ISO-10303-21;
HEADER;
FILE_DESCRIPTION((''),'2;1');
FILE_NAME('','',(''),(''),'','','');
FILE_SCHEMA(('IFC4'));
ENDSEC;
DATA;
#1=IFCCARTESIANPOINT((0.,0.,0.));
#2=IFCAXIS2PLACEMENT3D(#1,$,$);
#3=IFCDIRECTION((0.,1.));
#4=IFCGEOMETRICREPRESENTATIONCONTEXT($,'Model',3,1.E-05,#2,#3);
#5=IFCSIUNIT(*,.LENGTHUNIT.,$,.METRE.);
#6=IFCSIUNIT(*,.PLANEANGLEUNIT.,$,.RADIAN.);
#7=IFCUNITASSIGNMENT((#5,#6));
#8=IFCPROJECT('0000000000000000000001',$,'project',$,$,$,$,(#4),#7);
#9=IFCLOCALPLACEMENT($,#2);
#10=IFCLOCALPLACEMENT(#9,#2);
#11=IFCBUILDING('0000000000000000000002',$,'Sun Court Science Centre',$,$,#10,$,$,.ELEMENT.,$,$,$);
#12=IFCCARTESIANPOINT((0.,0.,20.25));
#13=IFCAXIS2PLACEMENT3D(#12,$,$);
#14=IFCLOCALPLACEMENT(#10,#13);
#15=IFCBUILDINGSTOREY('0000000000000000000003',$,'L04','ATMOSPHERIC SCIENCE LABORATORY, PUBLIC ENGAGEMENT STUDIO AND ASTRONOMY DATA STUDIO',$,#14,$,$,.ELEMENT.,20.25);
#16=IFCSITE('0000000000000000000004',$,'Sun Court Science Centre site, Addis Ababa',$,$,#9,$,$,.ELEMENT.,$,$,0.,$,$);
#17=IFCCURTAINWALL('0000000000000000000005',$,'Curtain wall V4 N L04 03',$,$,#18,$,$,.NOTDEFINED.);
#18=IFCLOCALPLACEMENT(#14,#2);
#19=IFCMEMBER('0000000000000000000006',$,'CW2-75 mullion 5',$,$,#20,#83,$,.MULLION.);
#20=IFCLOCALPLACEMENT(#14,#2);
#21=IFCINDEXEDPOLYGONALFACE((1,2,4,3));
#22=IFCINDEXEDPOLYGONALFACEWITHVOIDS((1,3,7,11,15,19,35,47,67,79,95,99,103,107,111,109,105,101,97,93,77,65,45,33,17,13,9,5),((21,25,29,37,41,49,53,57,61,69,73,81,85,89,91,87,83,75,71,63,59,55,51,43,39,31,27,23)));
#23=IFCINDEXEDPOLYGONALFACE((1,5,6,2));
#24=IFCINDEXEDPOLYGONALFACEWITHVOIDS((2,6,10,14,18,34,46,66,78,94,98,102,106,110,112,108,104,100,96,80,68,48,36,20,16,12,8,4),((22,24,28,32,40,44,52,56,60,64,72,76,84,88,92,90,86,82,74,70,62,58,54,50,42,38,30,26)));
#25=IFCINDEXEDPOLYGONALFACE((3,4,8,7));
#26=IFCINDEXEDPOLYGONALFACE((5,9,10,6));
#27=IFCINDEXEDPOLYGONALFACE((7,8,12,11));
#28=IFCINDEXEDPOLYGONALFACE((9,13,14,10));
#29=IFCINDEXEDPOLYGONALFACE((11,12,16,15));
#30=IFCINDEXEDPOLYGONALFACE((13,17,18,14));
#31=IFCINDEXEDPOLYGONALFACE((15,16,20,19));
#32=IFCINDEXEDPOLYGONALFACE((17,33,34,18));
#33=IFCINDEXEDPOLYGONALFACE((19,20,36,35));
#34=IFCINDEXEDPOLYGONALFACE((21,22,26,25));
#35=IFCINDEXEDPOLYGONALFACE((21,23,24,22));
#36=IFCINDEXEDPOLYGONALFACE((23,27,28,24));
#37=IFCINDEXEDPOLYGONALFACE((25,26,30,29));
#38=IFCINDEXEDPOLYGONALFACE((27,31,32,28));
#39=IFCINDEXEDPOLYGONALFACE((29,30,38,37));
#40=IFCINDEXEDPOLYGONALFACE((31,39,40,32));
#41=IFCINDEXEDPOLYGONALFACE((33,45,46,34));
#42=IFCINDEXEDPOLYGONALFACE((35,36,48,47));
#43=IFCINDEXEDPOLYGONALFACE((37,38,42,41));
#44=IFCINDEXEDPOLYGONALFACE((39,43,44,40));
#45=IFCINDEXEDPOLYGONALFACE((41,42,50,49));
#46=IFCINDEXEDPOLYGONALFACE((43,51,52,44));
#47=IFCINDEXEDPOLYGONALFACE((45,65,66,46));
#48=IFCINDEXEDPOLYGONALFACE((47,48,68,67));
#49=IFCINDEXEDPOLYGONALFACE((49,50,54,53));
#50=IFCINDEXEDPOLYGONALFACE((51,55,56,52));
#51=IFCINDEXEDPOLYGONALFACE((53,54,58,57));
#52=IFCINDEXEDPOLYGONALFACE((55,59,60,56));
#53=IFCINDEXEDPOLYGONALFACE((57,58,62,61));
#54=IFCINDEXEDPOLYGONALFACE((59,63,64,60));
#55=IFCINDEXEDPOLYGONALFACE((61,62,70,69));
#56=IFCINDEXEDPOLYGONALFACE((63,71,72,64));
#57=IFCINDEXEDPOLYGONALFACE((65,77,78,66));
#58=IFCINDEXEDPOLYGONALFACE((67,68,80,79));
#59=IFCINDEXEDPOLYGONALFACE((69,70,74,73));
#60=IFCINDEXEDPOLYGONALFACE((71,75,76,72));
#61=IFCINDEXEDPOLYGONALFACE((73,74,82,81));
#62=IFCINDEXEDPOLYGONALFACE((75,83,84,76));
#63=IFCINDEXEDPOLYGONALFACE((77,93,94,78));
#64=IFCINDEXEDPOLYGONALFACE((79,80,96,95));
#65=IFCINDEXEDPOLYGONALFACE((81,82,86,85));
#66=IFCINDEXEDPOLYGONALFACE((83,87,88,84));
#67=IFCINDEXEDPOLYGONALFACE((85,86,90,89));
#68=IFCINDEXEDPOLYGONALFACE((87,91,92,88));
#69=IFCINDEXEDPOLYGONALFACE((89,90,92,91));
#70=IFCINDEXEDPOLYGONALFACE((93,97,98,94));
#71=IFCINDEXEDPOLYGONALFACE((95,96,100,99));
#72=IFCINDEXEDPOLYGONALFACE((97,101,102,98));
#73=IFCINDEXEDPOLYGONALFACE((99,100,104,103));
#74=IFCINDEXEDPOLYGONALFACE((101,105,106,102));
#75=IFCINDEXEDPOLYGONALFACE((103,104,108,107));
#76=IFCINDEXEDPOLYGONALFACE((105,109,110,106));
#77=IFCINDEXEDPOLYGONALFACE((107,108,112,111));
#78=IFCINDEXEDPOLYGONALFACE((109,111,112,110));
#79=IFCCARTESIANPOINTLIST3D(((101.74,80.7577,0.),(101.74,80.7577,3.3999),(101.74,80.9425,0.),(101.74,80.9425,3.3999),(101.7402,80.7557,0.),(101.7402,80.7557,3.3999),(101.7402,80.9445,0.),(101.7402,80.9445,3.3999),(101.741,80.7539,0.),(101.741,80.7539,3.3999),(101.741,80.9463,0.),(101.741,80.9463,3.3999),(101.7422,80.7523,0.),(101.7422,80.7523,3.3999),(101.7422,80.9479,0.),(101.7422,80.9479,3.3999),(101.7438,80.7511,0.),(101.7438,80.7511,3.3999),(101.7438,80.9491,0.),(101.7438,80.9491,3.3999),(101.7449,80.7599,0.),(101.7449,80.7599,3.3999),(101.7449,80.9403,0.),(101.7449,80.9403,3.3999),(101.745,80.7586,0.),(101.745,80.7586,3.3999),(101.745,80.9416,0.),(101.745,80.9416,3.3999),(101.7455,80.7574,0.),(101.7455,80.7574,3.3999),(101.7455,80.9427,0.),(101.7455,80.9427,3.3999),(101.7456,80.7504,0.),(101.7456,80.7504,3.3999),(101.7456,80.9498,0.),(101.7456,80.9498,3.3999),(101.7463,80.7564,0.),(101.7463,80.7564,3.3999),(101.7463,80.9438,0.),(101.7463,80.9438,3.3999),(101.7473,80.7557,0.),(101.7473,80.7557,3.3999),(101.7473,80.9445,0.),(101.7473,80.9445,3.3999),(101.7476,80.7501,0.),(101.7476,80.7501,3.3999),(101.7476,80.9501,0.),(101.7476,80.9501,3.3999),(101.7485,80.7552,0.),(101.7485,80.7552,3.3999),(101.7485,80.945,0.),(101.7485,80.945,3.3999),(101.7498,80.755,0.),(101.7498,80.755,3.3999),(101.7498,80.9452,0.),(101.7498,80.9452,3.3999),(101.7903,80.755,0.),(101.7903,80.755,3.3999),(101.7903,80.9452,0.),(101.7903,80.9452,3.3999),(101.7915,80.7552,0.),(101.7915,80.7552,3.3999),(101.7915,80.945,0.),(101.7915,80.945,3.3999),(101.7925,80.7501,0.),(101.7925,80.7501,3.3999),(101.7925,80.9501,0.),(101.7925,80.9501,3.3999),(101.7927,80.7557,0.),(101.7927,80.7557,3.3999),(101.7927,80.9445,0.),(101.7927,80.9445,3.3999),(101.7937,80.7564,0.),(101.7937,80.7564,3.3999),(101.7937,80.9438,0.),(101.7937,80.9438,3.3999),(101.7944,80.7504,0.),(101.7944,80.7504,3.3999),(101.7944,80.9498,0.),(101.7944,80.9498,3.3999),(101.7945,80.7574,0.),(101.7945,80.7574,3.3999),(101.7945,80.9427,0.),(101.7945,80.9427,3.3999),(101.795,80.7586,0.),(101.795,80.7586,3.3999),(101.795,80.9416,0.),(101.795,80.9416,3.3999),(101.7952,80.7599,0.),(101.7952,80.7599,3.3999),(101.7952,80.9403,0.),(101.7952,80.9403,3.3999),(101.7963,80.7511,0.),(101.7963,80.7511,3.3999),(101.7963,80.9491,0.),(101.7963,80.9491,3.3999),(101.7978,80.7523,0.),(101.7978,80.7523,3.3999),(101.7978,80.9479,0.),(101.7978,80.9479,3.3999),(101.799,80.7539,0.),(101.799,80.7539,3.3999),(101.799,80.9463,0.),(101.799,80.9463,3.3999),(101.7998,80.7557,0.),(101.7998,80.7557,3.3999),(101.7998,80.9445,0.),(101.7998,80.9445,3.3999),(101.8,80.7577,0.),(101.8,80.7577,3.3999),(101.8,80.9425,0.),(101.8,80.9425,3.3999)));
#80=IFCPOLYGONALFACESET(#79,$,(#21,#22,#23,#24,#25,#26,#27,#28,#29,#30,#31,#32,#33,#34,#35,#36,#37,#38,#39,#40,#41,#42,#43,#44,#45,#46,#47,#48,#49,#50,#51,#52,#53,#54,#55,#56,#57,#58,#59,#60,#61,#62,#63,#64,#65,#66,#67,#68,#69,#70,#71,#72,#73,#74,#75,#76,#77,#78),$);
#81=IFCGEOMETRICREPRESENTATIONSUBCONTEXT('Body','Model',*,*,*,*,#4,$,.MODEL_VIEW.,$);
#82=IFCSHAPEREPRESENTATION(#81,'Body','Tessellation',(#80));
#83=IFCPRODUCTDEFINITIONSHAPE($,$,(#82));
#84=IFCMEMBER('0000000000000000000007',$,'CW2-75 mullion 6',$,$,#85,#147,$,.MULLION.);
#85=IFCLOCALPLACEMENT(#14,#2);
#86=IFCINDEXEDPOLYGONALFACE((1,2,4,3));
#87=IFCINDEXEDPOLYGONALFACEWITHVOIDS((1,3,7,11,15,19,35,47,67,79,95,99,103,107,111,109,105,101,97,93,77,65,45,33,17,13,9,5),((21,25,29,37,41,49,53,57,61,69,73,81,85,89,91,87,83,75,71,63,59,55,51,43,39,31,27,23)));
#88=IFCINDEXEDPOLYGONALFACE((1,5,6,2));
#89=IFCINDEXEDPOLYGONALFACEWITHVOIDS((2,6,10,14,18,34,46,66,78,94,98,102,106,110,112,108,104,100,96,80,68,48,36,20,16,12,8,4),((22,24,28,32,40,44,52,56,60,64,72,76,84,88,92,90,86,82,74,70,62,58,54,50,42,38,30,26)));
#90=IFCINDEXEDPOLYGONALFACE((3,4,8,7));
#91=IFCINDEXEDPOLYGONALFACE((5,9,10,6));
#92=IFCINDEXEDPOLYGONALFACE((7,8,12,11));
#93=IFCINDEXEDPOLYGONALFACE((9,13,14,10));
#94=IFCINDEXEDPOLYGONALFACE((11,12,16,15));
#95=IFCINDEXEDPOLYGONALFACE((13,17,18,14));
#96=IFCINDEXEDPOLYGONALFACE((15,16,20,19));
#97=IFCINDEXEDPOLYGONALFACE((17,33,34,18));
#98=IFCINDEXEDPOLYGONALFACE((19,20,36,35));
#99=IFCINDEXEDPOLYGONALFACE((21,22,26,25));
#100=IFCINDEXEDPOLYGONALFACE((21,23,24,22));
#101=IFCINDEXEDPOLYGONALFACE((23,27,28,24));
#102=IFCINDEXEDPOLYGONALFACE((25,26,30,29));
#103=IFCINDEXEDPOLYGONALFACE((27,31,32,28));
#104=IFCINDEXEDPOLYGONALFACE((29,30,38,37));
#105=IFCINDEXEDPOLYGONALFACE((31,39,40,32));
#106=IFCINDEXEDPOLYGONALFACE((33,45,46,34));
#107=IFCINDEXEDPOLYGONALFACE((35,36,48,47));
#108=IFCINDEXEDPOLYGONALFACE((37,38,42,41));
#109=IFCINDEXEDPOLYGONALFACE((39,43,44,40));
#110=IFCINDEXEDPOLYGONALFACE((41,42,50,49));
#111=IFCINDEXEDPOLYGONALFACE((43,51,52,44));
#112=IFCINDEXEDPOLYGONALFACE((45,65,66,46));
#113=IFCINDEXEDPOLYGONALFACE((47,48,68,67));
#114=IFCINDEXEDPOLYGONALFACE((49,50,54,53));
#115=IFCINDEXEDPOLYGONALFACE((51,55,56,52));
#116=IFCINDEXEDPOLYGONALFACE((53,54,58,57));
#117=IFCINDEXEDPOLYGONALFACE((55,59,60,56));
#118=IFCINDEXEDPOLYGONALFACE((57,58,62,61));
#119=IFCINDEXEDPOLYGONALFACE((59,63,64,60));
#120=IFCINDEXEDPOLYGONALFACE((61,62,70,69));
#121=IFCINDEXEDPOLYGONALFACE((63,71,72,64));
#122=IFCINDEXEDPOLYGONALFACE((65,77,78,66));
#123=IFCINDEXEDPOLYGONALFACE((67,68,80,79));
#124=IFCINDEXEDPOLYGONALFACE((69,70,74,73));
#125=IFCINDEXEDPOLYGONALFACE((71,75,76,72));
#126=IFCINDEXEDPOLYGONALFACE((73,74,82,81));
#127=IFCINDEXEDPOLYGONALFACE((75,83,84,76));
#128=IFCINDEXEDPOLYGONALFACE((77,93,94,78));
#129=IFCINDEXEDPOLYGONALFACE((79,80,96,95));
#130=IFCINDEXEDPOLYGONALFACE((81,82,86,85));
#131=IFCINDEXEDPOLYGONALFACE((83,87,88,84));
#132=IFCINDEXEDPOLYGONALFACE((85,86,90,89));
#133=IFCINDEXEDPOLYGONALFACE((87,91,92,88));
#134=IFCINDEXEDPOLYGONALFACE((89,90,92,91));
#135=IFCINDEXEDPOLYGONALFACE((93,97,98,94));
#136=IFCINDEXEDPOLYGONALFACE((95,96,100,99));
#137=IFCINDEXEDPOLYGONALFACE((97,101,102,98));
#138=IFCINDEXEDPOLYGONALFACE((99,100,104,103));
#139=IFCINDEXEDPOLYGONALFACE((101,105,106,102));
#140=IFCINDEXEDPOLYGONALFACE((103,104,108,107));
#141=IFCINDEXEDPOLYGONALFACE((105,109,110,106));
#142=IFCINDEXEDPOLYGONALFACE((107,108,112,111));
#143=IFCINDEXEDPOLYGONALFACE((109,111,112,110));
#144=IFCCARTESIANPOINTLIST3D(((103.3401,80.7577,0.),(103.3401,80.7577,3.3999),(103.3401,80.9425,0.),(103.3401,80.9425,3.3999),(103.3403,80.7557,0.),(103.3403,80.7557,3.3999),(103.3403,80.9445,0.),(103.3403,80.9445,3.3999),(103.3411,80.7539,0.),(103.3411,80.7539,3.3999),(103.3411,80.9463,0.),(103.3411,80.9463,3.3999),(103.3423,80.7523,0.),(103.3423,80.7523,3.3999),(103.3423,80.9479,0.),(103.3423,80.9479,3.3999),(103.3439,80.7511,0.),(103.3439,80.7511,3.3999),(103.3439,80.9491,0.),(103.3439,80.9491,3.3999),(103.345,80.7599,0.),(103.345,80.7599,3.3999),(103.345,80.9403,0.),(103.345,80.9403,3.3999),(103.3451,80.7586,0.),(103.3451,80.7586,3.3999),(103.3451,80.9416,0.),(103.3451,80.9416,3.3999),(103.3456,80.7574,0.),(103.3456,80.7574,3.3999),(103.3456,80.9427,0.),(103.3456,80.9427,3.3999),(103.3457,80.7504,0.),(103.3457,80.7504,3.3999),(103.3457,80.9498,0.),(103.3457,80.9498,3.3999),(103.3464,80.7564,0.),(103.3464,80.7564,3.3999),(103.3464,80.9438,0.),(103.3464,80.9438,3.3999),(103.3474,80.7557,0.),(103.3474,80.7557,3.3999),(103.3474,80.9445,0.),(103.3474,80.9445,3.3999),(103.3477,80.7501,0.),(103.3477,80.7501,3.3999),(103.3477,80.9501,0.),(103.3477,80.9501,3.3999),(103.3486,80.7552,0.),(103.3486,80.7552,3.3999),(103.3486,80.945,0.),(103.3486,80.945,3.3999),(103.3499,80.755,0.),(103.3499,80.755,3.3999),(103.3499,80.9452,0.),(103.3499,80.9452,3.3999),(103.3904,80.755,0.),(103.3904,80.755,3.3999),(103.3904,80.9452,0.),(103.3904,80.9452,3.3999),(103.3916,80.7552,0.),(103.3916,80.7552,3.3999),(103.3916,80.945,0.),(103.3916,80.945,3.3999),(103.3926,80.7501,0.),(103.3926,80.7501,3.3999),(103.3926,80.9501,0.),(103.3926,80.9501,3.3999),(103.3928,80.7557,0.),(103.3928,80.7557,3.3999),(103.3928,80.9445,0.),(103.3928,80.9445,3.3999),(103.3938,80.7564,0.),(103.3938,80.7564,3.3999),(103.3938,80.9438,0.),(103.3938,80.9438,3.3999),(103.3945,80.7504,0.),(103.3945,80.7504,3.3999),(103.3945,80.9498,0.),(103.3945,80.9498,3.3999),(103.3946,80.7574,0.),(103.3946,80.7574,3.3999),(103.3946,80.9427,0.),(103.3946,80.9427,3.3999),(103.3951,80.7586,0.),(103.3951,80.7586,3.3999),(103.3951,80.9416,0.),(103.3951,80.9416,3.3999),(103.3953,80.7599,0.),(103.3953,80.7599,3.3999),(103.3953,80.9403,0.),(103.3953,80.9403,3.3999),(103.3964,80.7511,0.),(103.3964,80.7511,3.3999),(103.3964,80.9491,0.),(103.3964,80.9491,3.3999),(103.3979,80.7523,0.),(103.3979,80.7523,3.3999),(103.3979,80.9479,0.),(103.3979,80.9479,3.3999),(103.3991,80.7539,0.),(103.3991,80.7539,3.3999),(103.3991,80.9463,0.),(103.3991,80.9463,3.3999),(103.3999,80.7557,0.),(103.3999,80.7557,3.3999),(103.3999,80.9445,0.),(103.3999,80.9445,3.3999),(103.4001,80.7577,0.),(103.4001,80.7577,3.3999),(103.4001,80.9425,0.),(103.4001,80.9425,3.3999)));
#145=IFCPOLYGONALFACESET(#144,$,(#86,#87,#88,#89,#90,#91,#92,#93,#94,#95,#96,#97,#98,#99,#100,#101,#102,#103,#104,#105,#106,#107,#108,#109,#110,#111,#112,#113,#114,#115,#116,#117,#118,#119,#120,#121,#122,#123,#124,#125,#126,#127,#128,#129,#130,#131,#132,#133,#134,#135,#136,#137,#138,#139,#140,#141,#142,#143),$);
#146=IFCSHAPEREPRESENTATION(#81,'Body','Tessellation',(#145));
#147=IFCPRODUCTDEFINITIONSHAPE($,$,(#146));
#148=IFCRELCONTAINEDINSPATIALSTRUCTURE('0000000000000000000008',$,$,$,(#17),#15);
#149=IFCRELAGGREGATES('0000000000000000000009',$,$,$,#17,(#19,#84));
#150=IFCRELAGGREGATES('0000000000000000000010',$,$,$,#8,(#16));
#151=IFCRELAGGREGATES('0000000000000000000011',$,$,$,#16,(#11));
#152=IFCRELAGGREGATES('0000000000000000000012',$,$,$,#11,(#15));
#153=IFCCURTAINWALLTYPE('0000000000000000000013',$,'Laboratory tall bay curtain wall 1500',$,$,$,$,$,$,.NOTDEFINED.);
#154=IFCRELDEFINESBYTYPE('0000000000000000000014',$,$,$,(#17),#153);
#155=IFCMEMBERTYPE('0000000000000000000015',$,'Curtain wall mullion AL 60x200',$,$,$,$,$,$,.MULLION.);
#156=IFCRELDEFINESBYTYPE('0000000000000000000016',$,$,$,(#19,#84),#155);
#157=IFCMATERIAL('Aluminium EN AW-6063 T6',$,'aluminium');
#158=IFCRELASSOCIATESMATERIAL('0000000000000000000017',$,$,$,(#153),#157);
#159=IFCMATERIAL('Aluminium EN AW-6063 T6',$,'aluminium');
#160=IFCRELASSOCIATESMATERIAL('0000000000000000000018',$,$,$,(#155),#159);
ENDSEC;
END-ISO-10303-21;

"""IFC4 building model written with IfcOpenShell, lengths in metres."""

from ifc_helpers import new_model, si_unit, direction, frame, origin, origin_2d, place, context, subcontext, project, spatial, hollow_rectangle, extrude, material, material_profile, profile_set, type_object, element, aggregate, save


model = new_model("IFC4")

# Units and contexts
model_context = context("Model", 3, precision=1e-05, world=origin(), true_north=direction((0.0, 1.0)))
body_context = subcontext(model_context, "Body", "Model", "MODEL_VIEW")
ifc_project = project(units=[si_unit("LENGTHUNIT", "METRE"), si_unit("PLANEANGLEUNIT", "RADIAN")], contexts=[model_context])

# Site, building, storey
site_placement = place(None, origin())
site = spatial("IfcSite", under=ifc_project, at=site_placement, Name="Sun Court Science Centre site, Addis Ababa", CompositionType="ELEMENT", RefElevation=0.0)
building_placement = place(site_placement, origin())
building = spatial("IfcBuilding", under=site, at=building_placement, Name="Sun Court Science Centre", CompositionType="ELEMENT")
storey_placement = place(building_placement, frame((0.0, 0.0, 20.25)))
storey = spatial("IfcBuildingStorey", under=building, at=storey_placement, Name="L04", Description="ATMOSPHERIC SCIENCE LABORATORY, PUBLIC ENGAGEMENT STUDIO AND ASTRONOMY DATA STUDIO", CompositionType="ELEMENT", Elevation=20.25)

# Curtain wall, members
ifc_material_1 = material(Name="Aluminium EN AW-6063 T6", Category="aluminium")
curtain_wall_type = type_object("IfcCurtainWallType", Name="Laboratory tall bay curtain wall 1500", PredefinedType="NOTDEFINED", material=ifc_material_1)
curtain_wall_placement = place(storey_placement, origin())
curtain_wall = element("IfcCurtainWall", 1, at=curtain_wall_placement, inside=storey, type_object=curtain_wall_type, Name="Curtain wall V4 N L04 03", PredefinedType="NOTDEFINED")
ifc_material_2 = material(Name="Aluminium EN AW-6063 T6", Category="aluminium")
ifc_material_profile_1 = material_profile(ifc_material_2, hollow_rectangle(XDim=0.0601, YDim=0.2, WallThickness=0.0049, InnerFilletRadius=0.0049, OuterFilletRadius=0.0076, at=origin_2d()), Name="AL 60x200x5")
ifc_profile_set_1 = profile_set([ifc_material_profile_1], Name="Aluminium EN AW-6063 T6")
member_type_1 = type_object("IfcMemberType", Name="Curtain wall mullion AL 60x200", PredefinedType="MULLION", material=ifc_profile_set_1)
member_1_placement = place(storey_placement, frame((101.77, 80.8501, 0.0), z_axis=(0.0, 0.0, 1.0), x_axis=(1.0, 0.0, 0.0)))
member_1 = element("IfcMember", 2, at=member_1_placement, type_object=member_type_1, Name="CW2-75 mullion 5", PredefinedType="MULLION", context=body_context, shape_type="SweptSolid", body=[
    extrude(hollow_rectangle(XDim=0.0601, YDim=0.2, WallThickness=0.0049, InnerFilletRadius=0.0049, OuterFilletRadius=0.0076, at=origin_2d()), origin(), (0.0, 0.0, 1.0), 3.3999),
])
member_2_placement = place(storey_placement, frame((103.3701, 80.8501, 0.0), z_axis=(0.0, 0.0, 1.0), x_axis=(1.0, 0.0, 0.0)))
member_2 = element("IfcMember", 3, at=member_2_placement, type_object=member_type_1, Name="CW2-75 mullion 6", PredefinedType="MULLION", context=body_context, shape_type="SweptSolid", body=[
    extrude(hollow_rectangle(XDim=0.0601, YDim=0.2, WallThickness=0.0049, InnerFilletRadius=0.0049, OuterFilletRadius=0.0076, at=origin_2d()), origin(), (0.0, 0.0, 1.0), 3.3999),
])

aggregate(curtain_wall, [member_1, member_2])

save(model, "model.ifc")
